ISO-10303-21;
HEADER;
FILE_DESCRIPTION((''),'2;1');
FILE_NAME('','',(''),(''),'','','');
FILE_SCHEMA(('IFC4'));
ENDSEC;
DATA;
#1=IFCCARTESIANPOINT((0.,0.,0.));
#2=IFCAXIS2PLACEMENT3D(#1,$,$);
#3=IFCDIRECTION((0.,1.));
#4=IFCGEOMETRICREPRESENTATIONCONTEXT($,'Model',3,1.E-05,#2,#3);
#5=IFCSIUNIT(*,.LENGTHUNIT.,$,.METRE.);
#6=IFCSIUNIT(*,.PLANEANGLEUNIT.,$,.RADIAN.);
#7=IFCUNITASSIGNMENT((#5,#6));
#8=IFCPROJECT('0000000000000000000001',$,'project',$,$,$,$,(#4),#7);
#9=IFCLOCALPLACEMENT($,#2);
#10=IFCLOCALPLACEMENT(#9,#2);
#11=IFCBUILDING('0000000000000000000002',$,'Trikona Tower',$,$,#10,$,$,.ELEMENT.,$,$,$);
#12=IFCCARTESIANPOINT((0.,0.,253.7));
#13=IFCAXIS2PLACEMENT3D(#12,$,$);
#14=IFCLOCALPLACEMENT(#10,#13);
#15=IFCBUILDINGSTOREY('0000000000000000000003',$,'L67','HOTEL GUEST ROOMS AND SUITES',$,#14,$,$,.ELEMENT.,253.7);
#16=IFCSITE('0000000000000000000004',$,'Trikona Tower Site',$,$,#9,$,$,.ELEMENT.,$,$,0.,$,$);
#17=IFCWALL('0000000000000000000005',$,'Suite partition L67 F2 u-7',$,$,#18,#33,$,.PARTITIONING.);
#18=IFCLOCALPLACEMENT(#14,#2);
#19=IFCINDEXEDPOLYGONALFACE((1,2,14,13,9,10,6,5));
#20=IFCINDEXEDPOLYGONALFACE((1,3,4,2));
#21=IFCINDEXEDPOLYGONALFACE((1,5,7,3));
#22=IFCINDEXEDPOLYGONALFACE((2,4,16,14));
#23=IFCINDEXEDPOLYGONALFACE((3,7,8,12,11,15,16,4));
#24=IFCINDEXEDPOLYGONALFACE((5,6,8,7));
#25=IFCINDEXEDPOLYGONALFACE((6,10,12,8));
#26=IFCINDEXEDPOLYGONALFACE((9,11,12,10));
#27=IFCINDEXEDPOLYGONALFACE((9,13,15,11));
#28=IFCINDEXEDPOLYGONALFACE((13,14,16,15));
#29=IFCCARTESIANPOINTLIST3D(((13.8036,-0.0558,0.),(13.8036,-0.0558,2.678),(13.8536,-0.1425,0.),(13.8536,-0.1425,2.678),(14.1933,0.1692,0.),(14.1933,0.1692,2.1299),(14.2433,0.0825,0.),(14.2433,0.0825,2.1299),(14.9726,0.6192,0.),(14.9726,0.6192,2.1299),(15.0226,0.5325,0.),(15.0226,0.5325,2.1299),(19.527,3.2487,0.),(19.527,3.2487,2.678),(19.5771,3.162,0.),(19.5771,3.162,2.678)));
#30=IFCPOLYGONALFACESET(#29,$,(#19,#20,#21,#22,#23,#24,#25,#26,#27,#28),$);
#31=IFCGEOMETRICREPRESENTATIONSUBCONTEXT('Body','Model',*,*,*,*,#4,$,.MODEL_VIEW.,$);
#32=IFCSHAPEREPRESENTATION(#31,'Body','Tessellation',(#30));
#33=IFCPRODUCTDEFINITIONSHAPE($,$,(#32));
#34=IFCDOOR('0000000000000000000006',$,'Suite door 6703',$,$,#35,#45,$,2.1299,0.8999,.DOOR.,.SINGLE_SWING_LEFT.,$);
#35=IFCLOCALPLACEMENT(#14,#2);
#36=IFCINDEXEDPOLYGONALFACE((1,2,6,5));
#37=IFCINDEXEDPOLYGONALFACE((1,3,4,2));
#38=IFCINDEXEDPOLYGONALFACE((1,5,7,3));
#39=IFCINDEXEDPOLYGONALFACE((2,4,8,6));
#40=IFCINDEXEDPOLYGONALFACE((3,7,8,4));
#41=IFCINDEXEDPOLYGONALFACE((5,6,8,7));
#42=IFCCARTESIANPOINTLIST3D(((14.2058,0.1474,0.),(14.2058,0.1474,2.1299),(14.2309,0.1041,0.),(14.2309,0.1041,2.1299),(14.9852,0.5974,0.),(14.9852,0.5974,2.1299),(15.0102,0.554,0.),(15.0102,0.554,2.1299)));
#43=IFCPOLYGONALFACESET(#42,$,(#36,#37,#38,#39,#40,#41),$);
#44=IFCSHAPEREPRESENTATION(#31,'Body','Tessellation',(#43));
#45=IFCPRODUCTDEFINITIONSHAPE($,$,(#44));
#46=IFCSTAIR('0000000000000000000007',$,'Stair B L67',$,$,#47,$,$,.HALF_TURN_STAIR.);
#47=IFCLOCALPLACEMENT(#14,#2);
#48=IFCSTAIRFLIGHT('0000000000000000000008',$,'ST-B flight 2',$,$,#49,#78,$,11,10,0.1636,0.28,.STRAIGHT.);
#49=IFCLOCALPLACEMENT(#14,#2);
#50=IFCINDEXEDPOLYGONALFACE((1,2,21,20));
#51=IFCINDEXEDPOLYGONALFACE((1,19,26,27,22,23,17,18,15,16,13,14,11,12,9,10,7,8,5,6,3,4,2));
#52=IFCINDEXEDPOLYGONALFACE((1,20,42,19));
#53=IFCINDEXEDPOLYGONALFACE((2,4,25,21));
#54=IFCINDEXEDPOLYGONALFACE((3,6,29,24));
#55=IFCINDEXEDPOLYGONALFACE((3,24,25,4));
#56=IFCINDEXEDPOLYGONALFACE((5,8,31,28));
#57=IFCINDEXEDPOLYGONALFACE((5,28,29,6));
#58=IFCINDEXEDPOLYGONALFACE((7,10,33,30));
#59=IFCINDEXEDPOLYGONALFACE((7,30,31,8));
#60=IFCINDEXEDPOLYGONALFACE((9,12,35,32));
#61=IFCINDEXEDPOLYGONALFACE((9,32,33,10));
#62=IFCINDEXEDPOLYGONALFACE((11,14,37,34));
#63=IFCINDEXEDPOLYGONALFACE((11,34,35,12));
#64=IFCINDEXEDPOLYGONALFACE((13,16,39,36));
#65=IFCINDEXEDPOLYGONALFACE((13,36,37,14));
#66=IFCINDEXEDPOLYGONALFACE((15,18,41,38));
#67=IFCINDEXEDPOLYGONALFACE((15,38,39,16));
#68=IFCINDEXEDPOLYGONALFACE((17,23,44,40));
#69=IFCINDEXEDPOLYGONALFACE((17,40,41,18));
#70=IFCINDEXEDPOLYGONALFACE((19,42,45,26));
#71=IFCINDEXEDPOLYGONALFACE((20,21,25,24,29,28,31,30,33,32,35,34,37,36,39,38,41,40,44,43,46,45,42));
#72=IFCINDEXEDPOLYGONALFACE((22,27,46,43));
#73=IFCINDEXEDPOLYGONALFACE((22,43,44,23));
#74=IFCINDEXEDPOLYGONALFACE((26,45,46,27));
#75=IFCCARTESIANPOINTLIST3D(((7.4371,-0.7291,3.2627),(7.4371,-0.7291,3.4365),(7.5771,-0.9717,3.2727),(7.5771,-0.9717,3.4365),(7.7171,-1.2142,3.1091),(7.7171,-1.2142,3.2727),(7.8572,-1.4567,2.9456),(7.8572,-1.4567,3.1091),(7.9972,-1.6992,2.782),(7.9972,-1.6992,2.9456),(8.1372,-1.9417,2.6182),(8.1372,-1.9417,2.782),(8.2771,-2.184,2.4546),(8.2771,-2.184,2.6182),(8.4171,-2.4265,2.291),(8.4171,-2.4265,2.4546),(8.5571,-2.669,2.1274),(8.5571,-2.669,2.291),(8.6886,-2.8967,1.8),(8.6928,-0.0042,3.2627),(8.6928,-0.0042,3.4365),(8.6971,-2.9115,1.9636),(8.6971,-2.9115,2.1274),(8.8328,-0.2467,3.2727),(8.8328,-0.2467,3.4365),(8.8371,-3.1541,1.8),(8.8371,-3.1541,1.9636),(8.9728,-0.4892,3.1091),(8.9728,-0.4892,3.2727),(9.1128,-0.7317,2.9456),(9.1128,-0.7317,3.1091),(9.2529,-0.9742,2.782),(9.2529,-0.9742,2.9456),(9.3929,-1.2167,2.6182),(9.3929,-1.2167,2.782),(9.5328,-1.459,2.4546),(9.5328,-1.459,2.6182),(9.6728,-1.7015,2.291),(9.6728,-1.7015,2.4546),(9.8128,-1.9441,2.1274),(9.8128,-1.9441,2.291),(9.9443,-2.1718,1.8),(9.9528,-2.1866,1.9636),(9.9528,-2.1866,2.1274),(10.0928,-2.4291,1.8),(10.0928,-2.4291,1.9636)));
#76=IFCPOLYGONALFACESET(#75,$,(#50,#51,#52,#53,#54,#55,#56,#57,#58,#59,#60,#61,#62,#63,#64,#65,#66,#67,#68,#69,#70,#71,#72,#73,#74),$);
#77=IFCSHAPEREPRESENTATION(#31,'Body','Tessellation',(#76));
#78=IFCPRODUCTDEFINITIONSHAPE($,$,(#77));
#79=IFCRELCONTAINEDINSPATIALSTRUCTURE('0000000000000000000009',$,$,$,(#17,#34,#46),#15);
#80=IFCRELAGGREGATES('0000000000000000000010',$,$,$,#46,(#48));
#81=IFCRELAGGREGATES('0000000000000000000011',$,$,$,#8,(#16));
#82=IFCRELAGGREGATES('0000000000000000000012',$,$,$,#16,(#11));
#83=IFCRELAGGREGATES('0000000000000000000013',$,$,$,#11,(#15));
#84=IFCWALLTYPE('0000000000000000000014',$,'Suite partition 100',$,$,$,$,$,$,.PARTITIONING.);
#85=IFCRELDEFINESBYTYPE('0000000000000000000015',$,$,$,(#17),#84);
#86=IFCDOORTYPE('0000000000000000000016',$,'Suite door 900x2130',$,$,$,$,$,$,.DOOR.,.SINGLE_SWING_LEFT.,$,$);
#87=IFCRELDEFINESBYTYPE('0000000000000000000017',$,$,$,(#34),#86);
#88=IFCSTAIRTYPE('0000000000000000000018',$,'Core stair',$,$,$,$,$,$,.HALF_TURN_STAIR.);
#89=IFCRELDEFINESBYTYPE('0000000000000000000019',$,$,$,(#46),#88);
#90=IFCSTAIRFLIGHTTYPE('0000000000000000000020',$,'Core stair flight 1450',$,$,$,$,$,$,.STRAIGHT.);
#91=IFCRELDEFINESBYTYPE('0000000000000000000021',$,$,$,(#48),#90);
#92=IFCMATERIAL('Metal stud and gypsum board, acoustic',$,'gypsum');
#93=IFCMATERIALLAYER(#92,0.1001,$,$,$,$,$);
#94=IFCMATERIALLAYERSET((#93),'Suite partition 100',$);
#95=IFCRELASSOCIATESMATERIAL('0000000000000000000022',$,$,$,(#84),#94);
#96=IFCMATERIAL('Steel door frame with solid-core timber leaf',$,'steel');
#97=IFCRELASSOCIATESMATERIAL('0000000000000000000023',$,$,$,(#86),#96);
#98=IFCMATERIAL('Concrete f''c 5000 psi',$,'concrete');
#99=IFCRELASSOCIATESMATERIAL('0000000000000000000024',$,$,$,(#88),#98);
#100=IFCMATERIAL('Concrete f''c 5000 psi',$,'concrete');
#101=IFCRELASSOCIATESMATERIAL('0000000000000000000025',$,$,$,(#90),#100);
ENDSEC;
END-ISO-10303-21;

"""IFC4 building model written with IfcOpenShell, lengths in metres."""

from ifc_helpers import new_model, si_unit, direction, frame, frame_2d, origin, place, context, subcontext, project, spatial, polyline, rectangle, outline, extrude, material, layer, layer_set, type_object, element, fill, aggregate, save


model = new_model("IFC4")

# Units and contexts
model_context = context("Model", 3, precision=1e-05, world=origin(), true_north=direction((0.0, 1.0)))
body_context = subcontext(model_context, "Body", "Model", "MODEL_VIEW")
ifc_project = project(units=[si_unit("LENGTHUNIT", "METRE"), si_unit("PLANEANGLEUNIT", "RADIAN")], contexts=[model_context])

# Site, building, storey
site_placement = place(None, origin())
site = spatial("IfcSite", under=ifc_project, at=site_placement, Name="Trikona Tower Site", CompositionType="ELEMENT", RefElevation=0.0)
building_placement = place(site_placement, origin())
building = spatial("IfcBuilding", under=site, at=building_placement, Name="Trikona Tower", CompositionType="ELEMENT")
storey_placement = place(building_placement, frame((0.0, 0.0, 253.7)))
storey = spatial("IfcBuildingStorey", under=building, at=storey_placement, Name="L67", Description="HOTEL GUEST ROOMS AND SUITES", CompositionType="ELEMENT", Elevation=253.7)

# Wall, opening, door
ifc_material_1 = material(Name="Metal stud and gypsum board, acoustic", Category="gypsum")
ifc_layer_1 = layer(ifc_material_1, 0.1001)
ifc_layer_set_1 = layer_set([ifc_layer_1], Name="Suite partition 100")
wall_type_1 = type_object("IfcWallType", Name="Suite partition 100", PredefinedType="PARTITIONING", material=ifc_layer_set_1)
wall_1_placement = place(storey_placement, frame((13.8286, -0.0991, 0.0), z_axis=(0.0, 0.0, 1.0), x_axis=(0.866023, 0.500005, 0.0)))
wall_1 = element("IfcWall", 1, at=wall_1_placement, inside=storey, type_object=wall_type_1, Name="Suite partition L67 F2 u-7", PredefinedType="PARTITIONING", context=body_context, shape_type="SweptSolid", body=[
    extrude(rectangle(XDim=6.6089, YDim=0.1001, at=frame_2d((3.3044, 0.0))), origin(), (0.0, 0.0, 1.0), 2.678),
])
opening_1_placement = place(wall_1_placement, frame((0.45, 0.0, 0.0)))
opening_1 = element("IfcOpeningElement", 2, at=opening_1_placement, cuts=wall_1, PredefinedType="OPENING", context=body_context, shape_type="SweptSolid", body=[
    extrude(rectangle(XDim=0.8999, YDim=2.1299, at=frame_2d((0.45, 1.0649))), frame((0.0, 0.0601, 0.0), z_axis=(0.0, -1.0, 0.0), x_axis=(1.0, 0.0, 0.0)), (0.0, 0.0, 1.0), 0.1201),
])
ifc_material_2 = material(Name="Steel door frame with solid-core timber leaf", Category="steel")
door_type_1 = type_object("IfcDoorType", Name="Suite door 900x2130", OperationType="SINGLE_SWING_LEFT", PredefinedType="DOOR", material=ifc_material_2)
door_1_placement = place(opening_1_placement, origin())
door_1 = element("IfcDoor", 3, at=door_1_placement, inside=storey, type_object=door_type_1, Name="Suite door 6703", OperationType="SINGLE_SWING_LEFT", OverallHeight=2.1299, OverallWidth=0.8999, PredefinedType="DOOR", context=body_context, shape_type="SweptSolid", body=[
    extrude(rectangle(XDim=0.8999, YDim=2.1299, at=frame_2d((0.45, 1.0649))), frame((0.0, 0.0249, 0.0), z_axis=(0.0, -1.0, 0.0), x_axis=(1.0, 0.0, 0.0)), (0.0, 0.0, 1.0), 0.05),
])
fill(opening_1, door_1)

# Stair, stair flight
ifc_material_3 = material(Name="Concrete f'c 5000 psi", Category="concrete")
stair_type = type_object("IfcStairType", Name="Core stair", PredefinedType="HALF_TURN_STAIR", material=ifc_material_3)
stair_placement = place(storey_placement, origin())
stair = element("IfcStair", 4, at=stair_placement, inside=storey, type_object=stair_type, Name="Stair B L67", PredefinedType="HALF_TURN_STAIR")
ifc_material_4 = material(Name="Concrete f'c 5000 psi", Category="concrete")
stair_flight_type = type_object("IfcStairFlightType", Name="Core stair flight 1450", PredefinedType="STRAIGHT", material=ifc_material_4)
stair_flight_placement = place(storey_placement, frame((9.4651, -2.7915, 1.8), z_axis=(0.0, 0.0, 1.0), x_axis=(-0.5, 0.866025, 0.0)))
stair_flight = element("IfcStairFlight", 5, at=stair_flight_placement, type_object=stair_flight_type, Name="ST-B flight 2", NumberOfRisers=11, NumberOfTreads=10, PredefinedType="STRAIGHT", RiserHeight=0.1636, TreadLength=0.28, context=body_context, shape_type="SweptSolid", body=[
    extrude(outline(polyline([(0.0, 0.0), (0.0, 0.1636), (0.28, 0.1636), (0.28, 0.3274), (0.5601, 0.3274), (0.5601, 0.491), (0.8401, 0.491), (0.8401, 0.6545), (1.1201, 0.6545), (1.1201, 0.8181), (1.3999, 0.8181), (1.3999, 0.9819), (1.6799, 0.9819), (1.6799, 1.1455), (1.96, 1.1455), (1.96, 1.3091), (2.24, 1.3091), (2.24, 1.4727), (2.52, 1.4727), (2.52, 1.6365), (2.8, 1.6365), (2.8, 1.8), (2.8, 1.4626), (0.2971, 0.0), (0.0, 0.0)])), frame((0.0, 0.7251, 0.0), z_axis=(0.0, -1.0, 0.0), x_axis=(1.0, 0.0, 0.0)), (0.0, 0.0, 1.0), 1.45),
])
aggregate(stair, [stair_flight])

save(model, "model.ifc")
